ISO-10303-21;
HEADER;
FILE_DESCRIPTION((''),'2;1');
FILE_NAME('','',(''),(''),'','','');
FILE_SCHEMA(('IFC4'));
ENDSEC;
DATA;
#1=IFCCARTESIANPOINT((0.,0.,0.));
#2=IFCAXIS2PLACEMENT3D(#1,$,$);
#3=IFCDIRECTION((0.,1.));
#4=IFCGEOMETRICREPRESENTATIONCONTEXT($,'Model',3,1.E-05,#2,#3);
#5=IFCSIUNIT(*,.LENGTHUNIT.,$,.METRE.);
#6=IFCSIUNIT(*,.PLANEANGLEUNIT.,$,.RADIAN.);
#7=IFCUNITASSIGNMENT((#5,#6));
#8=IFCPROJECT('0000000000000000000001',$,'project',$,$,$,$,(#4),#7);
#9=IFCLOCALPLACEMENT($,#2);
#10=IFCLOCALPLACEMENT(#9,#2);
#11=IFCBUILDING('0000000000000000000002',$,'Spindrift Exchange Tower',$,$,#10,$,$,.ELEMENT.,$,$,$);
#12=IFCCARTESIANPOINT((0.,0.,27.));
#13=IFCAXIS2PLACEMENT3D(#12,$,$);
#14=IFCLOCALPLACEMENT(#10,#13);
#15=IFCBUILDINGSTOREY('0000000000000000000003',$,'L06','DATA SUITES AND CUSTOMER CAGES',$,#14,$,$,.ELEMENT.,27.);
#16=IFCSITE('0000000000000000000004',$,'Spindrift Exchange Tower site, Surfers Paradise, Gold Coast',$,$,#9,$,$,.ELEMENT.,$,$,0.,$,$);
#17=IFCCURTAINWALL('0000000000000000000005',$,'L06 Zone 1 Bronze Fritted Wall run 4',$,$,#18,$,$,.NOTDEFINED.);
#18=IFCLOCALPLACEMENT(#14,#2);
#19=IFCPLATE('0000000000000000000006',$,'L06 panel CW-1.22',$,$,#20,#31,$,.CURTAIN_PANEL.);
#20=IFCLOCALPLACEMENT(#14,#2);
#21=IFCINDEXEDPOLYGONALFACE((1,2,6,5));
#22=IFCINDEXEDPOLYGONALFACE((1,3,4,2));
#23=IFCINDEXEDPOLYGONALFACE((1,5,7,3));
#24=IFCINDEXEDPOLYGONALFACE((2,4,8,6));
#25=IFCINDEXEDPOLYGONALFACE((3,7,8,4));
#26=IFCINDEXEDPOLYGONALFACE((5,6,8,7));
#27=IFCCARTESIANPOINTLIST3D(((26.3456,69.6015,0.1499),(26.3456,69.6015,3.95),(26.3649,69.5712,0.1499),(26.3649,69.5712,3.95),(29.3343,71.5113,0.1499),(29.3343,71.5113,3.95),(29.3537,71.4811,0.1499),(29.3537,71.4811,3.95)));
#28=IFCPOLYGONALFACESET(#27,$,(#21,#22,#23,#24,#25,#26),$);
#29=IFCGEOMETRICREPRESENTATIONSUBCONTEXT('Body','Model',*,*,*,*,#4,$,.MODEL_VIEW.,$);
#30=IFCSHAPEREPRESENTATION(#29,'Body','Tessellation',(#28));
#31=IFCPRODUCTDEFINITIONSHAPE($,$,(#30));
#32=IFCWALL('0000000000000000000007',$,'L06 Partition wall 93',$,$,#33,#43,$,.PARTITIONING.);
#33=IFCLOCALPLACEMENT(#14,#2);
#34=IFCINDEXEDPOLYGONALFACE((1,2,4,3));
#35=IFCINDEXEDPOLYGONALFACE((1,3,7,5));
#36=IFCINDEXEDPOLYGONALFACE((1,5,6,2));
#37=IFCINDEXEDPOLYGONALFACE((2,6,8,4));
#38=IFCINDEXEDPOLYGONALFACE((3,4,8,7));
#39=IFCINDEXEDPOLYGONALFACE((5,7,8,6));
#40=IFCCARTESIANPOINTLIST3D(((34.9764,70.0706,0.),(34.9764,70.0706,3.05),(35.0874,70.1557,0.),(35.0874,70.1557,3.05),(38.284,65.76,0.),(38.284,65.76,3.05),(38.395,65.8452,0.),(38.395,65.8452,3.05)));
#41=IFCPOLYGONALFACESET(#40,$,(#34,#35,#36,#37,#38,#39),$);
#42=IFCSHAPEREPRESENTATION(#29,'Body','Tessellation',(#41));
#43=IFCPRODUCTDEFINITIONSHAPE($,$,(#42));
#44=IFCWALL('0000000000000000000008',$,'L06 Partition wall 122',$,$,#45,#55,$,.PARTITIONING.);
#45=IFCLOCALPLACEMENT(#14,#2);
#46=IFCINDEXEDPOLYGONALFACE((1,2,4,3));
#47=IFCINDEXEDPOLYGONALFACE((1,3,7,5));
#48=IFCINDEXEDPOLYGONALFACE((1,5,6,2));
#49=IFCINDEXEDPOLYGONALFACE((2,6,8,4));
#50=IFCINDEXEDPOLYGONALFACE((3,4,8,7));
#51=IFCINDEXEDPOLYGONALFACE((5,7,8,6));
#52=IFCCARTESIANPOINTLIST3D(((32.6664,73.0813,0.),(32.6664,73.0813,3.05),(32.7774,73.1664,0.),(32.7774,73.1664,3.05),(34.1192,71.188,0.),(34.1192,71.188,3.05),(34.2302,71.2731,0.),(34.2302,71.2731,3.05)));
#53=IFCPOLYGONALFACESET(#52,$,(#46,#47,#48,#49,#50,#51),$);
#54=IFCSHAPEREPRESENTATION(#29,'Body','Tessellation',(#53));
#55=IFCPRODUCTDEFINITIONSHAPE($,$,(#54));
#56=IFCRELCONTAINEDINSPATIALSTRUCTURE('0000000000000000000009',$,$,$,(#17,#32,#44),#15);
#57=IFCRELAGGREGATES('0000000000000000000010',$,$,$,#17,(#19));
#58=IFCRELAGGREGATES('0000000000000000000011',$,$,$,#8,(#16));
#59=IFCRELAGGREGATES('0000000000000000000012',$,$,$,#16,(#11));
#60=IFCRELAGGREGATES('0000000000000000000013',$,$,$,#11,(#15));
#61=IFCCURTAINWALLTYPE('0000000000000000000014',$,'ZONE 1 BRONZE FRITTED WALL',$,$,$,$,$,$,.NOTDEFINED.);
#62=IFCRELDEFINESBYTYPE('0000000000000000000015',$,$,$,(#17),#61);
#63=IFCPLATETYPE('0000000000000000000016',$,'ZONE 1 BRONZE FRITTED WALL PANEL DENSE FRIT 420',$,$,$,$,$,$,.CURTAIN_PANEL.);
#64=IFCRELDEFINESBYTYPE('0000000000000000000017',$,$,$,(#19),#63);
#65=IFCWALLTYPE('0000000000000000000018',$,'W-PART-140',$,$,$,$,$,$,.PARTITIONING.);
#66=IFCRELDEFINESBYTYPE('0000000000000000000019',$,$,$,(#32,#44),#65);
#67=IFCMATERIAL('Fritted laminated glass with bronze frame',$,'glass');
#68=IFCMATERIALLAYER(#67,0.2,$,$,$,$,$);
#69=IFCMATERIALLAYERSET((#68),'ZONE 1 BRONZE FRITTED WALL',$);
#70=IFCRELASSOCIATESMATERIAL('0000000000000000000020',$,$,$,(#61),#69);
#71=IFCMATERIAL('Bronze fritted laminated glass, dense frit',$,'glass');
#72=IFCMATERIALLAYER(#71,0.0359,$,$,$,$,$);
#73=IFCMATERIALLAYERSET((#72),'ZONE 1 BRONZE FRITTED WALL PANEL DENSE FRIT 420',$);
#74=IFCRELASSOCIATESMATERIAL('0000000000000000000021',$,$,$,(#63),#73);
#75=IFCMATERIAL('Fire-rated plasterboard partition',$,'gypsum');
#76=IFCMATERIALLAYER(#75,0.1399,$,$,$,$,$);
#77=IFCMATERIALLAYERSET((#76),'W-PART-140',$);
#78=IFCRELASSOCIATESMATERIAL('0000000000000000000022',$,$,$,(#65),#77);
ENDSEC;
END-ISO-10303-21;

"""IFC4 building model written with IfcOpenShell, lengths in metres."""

from ifc_helpers import new_model, si_unit, direction, frame, frame_2d, origin, origin_2d, place, context, subcontext, project, spatial, rectangle, extrude, source, transform, mapped, material, layer, layer_set, type_object, element, aggregate, save


model = new_model("IFC4")

# Units and contexts
model_context = context("Model", 3, precision=1e-05, world=origin(), true_north=direction((0.0, 1.0)))
body_context = subcontext(model_context, "Body", "Model", "MODEL_VIEW")
ifc_project = project(units=[si_unit("LENGTHUNIT", "METRE"), si_unit("PLANEANGLEUNIT", "RADIAN")], contexts=[model_context])

# Site, building, storey
site_placement = place(None, origin())
site = spatial("IfcSite", under=ifc_project, at=site_placement, Name="Spindrift Exchange Tower site, Surfers Paradise, Gold Coast", CompositionType="ELEMENT", RefElevation=0.0)
building_placement = place(site_placement, origin())
building = spatial("IfcBuilding", under=site, at=building_placement, Name="Spindrift Exchange Tower", CompositionType="ELEMENT")
storey_placement = place(building_placement, frame((0.0, 0.0, 27.0)))
storey = spatial("IfcBuildingStorey", under=building, at=storey_placement, Name="L06", Description="DATA SUITES AND CUSTOMER CAGES", CompositionType="ELEMENT", Elevation=27.0)

# Curtain wall, plate
ifc_material_1 = material(Name="Fritted laminated glass with bronze frame", Category="glass")
ifc_layer_1 = layer(ifc_material_1, 0.2)
ifc_layer_set_1 = layer_set([ifc_layer_1], Name="ZONE 1 BRONZE FRITTED WALL")
curtain_wall_type = type_object("IfcCurtainWallType", Name="ZONE 1 BRONZE FRITTED WALL", PredefinedType="NOTDEFINED", material=ifc_layer_set_1)
curtain_wall_placement = place(storey_placement, origin())
curtain_wall = element("IfcCurtainWall", 1, at=curtain_wall_placement, inside=storey, type_object=curtain_wall_type, Name="L06 Zone 1 Bronze Fritted Wall run 4", PredefinedType="NOTDEFINED")
ifc_material_2 = material(Name="Bronze fritted laminated glass, dense frit", Category="glass")
ifc_layer_2 = layer(ifc_material_2, 0.0359)
ifc_layer_set_2 = layer_set([ifc_layer_2], Name="ZONE 1 BRONZE FRITTED WALL PANEL DENSE FRIT 420")
plate_type_1 = type_object("IfcPlateType", Name="ZONE 1 BRONZE FRITTED WALL PANEL DENSE FRIT 420", PredefinedType="CURTAIN_PANEL", material=ifc_layer_set_2)
shared_shape_1 = source(origin(), body_context, "Body", "SweptSolid", [
    extrude(rectangle(XDim=3.5469, YDim=0.0359, at=origin_2d()), origin(), (0.0, 0.0, 1.0), 3.8),
])
plate_1_placement = place(storey_placement, frame((27.8496, 70.5413, 0.1499), z_axis=(0.0, 0.0, 1.0), x_axis=(-0.842655, -0.538453, 0.0)))
plate_1 = element("IfcPlate", 2, at=plate_1_placement, type_object=plate_type_1, Name="L06 panel CW-1.22", PredefinedType="CURTAIN_PANEL", context=body_context, shape_type="MappedRepresentation", body=[
    mapped(shared_shape_1, transform((0.0, 0.0, 0.0), scale=1.0)),
])
aggregate(curtain_wall, [plate_1])

# Walls
ifc_material_3 = material(Name="Fire-rated plasterboard partition", Category="gypsum")
ifc_layer_3 = layer(ifc_material_3, 0.1399)
ifc_layer_set_3 = layer_set([ifc_layer_3], Name="W-PART-140")
wall_type = type_object("IfcWallType", Name="W-PART-140", PredefinedType="PARTITIONING", material=ifc_layer_set_3)
wall_1_placement = place(storey_placement, frame((38.3396, 65.8025, 0.0), z_axis=(0.0, 0.0, 1.0), x_axis=(-0.608764, 0.793352, 0.0)))
element("IfcWall", 3, at=wall_1_placement, inside=storey, type_object=wall_type, Name="L06 Partition wall 93", PredefinedType="PARTITIONING", context=body_context, shape_type="SweptSolid", body=[
    extrude(rectangle(XDim=5.4333, YDim=0.1399, at=frame_2d((2.7168, 0.0))), origin(), (0.0, 0.0, 1.0), 3.05),
])
wall_2_placement = place(storey_placement, frame((34.1748, 71.2305, 0.0), z_axis=(0.0, 0.0, 1.0), x_axis=(-0.608786, 0.793335, 0.0)))
element("IfcWall", 4, at=wall_2_placement, inside=storey, type_object=wall_type, Name="L06 Partition wall 122", PredefinedType="PARTITIONING", context=body_context, shape_type="SweptSolid", body=[
    extrude(rectangle(XDim=2.3865, YDim=0.1399, at=frame_2d((1.1934, 0.0))), origin(), (0.0, 0.0, 1.0), 3.05),
])

save(model, "model.ifc")
